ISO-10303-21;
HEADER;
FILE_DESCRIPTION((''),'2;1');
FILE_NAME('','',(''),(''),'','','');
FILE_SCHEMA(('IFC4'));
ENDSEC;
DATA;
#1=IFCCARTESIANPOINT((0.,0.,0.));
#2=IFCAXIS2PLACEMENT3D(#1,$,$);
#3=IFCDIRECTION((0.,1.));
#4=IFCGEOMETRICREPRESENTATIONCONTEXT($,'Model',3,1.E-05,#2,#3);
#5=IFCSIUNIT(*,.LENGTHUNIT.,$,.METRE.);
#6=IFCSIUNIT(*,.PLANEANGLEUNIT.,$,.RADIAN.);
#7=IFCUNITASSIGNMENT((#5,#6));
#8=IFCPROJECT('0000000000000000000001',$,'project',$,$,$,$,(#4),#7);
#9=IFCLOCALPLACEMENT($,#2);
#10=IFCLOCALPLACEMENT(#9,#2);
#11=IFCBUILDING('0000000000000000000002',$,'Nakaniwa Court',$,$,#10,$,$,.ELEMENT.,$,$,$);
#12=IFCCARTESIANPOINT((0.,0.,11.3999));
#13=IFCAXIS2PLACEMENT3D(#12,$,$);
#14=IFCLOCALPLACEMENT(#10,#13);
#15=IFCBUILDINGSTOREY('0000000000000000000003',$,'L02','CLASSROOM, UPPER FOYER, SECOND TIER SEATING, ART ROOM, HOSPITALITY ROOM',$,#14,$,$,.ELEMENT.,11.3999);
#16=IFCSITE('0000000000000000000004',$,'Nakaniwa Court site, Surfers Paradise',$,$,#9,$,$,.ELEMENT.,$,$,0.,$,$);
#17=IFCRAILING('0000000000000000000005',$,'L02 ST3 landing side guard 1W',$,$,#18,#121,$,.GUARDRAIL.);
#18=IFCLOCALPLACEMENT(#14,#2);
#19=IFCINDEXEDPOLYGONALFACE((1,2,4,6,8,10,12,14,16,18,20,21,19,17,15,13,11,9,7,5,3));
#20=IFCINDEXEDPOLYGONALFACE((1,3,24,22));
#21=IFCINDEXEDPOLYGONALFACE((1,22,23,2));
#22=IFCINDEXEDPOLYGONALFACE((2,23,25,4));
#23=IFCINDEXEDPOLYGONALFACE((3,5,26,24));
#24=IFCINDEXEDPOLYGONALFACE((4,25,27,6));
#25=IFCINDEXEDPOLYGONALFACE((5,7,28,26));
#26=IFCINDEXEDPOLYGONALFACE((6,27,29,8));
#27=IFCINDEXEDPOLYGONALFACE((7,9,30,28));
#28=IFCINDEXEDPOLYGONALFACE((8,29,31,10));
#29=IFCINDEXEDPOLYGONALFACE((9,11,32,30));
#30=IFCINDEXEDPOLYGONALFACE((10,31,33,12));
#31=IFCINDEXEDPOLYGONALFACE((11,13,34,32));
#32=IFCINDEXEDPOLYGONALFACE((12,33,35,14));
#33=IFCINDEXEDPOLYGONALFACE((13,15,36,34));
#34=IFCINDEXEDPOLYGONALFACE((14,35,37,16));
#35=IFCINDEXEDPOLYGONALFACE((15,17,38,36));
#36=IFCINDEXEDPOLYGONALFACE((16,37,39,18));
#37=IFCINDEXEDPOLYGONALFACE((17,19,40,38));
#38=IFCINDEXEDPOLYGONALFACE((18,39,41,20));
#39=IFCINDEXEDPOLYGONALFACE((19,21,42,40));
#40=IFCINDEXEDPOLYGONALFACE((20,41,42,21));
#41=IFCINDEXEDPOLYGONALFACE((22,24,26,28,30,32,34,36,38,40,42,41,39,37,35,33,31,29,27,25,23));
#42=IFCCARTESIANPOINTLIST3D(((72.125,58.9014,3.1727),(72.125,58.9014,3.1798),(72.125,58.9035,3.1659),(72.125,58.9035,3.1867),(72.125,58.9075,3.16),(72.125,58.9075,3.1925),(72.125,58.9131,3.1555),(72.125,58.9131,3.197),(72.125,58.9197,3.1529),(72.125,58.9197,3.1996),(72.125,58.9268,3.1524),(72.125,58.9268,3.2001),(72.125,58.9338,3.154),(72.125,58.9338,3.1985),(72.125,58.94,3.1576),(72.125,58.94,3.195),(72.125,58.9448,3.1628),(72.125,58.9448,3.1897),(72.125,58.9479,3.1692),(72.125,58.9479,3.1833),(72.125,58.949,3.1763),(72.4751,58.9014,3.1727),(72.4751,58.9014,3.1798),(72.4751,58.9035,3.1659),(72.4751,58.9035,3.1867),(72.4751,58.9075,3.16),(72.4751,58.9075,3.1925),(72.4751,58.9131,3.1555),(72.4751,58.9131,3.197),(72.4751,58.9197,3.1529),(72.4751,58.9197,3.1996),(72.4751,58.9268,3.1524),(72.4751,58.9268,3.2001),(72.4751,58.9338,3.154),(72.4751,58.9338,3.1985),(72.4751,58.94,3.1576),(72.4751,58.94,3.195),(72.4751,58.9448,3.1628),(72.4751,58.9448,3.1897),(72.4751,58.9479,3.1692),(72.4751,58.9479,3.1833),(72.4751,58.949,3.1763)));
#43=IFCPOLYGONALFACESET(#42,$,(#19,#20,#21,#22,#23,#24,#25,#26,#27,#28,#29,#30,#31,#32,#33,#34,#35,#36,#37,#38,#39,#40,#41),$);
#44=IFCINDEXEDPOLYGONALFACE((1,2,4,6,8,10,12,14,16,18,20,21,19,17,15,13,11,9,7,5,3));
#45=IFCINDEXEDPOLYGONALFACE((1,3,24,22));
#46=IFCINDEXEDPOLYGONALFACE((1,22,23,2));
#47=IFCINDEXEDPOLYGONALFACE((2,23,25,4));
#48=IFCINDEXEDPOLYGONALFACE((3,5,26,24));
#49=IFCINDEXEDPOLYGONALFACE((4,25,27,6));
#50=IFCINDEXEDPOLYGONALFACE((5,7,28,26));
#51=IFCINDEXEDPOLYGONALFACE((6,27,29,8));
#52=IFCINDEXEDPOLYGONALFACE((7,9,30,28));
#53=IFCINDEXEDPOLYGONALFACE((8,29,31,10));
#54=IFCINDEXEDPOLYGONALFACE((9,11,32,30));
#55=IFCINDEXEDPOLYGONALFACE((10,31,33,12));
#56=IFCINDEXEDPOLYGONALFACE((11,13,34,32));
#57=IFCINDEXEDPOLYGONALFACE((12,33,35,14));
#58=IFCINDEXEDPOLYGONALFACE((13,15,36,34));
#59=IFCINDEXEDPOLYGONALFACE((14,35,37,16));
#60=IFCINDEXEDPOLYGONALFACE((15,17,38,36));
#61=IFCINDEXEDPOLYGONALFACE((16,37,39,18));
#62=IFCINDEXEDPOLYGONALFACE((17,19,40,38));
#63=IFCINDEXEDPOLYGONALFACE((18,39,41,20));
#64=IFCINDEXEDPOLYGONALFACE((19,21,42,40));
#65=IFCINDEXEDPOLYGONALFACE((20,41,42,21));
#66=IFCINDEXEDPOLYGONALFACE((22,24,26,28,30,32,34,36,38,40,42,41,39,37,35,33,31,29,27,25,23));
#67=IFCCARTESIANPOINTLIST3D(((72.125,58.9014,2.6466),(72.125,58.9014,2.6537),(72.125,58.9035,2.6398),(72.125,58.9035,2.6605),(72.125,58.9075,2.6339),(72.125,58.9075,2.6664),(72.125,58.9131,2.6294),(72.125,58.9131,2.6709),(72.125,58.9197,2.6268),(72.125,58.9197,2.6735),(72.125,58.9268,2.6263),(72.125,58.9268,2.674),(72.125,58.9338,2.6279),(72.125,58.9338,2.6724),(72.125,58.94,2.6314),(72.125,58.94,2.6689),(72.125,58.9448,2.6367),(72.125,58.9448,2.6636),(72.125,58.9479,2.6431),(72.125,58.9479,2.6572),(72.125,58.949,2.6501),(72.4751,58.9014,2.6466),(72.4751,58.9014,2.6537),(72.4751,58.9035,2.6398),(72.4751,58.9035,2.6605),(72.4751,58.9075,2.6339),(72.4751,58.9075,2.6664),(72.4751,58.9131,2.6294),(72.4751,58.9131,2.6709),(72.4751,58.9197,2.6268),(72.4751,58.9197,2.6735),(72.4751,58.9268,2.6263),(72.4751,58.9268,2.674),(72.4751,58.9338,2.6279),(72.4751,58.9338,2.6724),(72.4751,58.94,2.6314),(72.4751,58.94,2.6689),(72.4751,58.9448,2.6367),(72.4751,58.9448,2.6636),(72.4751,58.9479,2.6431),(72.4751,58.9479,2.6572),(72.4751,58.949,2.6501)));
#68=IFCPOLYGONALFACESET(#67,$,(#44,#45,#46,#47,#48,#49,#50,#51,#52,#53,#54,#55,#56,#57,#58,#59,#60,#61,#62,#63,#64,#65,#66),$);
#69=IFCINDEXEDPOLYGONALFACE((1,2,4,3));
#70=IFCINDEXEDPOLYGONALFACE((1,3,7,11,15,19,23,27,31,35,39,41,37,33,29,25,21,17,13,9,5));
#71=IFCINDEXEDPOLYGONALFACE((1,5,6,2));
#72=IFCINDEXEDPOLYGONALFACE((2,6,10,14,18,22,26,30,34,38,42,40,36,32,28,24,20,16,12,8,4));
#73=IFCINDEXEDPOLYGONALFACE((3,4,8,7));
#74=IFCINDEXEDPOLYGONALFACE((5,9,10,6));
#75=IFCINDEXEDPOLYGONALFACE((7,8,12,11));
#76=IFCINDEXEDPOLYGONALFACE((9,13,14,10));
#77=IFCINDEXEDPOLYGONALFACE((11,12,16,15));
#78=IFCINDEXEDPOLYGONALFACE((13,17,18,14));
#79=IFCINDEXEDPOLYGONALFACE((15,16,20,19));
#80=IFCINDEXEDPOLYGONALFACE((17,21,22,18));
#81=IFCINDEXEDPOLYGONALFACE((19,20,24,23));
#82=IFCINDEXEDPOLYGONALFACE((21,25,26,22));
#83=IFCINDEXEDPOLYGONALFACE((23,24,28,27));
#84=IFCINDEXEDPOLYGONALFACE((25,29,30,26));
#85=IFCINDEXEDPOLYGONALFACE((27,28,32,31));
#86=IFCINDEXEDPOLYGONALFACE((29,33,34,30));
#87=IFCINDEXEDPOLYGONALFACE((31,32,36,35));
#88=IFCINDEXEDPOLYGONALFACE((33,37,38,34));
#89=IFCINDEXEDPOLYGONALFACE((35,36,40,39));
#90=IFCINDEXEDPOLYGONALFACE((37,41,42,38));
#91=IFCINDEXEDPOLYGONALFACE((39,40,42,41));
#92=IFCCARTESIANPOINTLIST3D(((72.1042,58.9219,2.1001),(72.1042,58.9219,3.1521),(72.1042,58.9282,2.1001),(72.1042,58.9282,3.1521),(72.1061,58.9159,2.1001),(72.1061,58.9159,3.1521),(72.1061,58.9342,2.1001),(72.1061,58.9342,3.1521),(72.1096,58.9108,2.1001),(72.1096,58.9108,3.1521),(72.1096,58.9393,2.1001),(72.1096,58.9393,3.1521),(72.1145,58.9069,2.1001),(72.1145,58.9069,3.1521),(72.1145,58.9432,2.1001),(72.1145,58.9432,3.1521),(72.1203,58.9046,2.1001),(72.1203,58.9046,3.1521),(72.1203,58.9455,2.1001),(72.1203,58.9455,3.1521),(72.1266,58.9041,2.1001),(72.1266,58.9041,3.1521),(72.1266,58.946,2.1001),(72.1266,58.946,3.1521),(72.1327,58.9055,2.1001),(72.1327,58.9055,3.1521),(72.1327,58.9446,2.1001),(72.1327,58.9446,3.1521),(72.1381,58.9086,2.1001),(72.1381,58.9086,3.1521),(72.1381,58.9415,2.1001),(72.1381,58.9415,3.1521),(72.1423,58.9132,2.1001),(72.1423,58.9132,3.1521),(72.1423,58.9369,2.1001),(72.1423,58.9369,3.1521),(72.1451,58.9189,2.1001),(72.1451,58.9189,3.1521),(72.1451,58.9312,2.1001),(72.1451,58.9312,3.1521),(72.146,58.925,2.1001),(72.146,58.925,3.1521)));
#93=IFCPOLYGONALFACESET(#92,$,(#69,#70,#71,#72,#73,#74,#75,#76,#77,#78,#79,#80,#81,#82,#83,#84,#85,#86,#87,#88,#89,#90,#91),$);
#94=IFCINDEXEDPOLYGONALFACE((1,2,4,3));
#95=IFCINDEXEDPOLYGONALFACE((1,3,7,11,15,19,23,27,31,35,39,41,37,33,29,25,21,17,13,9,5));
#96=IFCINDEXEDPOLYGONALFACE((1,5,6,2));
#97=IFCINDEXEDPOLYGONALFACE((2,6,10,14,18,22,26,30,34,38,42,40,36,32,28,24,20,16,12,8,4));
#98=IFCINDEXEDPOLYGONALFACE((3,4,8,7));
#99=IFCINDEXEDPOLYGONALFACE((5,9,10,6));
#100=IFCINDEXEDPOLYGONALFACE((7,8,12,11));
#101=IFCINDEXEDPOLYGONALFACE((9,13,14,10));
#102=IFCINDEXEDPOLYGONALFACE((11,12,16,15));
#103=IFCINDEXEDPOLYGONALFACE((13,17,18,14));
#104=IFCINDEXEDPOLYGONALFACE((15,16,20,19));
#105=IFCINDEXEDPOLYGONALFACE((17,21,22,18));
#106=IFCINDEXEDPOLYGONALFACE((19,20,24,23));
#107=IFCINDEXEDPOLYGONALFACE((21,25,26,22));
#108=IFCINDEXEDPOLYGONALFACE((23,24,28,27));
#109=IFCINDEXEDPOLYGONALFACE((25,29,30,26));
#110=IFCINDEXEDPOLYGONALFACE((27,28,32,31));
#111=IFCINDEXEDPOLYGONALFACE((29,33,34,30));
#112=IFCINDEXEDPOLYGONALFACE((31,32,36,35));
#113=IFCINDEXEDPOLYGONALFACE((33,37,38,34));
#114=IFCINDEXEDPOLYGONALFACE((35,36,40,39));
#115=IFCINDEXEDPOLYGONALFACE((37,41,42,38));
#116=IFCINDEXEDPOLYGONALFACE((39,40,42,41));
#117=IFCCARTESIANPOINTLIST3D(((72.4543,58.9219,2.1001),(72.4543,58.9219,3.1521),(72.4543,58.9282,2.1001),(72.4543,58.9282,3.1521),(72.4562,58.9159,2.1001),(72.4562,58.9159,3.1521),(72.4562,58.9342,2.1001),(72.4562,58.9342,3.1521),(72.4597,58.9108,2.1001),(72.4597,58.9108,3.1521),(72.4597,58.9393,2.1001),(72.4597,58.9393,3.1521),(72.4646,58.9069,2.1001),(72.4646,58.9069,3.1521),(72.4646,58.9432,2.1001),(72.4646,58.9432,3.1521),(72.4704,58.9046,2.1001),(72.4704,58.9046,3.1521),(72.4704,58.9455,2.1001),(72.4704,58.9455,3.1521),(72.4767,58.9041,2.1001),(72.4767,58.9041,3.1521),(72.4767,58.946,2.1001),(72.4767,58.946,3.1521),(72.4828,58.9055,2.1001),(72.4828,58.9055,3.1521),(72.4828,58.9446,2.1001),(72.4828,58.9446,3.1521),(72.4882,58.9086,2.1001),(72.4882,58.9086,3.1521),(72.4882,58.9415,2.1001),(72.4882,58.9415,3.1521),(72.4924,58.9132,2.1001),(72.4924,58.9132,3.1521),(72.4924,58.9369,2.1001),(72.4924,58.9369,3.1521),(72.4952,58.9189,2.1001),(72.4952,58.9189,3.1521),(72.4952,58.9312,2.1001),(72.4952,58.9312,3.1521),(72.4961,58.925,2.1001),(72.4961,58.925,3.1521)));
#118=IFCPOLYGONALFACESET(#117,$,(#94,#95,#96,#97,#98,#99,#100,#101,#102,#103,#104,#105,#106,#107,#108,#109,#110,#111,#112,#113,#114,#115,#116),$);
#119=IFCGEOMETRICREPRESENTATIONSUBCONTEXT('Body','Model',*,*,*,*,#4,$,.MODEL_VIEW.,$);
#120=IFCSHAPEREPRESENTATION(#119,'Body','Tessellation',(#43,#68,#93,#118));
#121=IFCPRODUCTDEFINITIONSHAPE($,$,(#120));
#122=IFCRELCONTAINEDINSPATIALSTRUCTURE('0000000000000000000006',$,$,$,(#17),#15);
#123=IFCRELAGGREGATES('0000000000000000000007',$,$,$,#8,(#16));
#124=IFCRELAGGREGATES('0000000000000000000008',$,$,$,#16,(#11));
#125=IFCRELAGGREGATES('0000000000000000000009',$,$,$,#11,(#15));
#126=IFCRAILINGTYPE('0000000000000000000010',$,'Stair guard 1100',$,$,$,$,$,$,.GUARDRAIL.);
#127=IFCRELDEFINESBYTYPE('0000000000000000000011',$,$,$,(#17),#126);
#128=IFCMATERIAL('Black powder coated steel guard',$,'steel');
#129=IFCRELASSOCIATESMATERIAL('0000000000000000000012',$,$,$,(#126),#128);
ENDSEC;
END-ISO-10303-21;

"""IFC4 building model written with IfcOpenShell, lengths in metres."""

from ifc_helpers import new_model, si_unit, direction, frame, origin, origin_2d, place, context, subcontext, project, spatial, circle, extrude, material, type_object, element, save


model = new_model("IFC4")

# Units and contexts
model_context = context("Model", 3, precision=1e-05, world=origin(), true_north=direction((0.0, 1.0)))
body_context = subcontext(model_context, "Body", "Model", "MODEL_VIEW")
ifc_project = project(units=[si_unit("LENGTHUNIT", "METRE"), si_unit("PLANEANGLEUNIT", "RADIAN")], contexts=[model_context])

# Site, building, storey
site_placement = place(None, origin())
site = spatial("IfcSite", under=ifc_project, at=site_placement, Name="Nakaniwa Court site, Surfers Paradise", CompositionType="ELEMENT", RefElevation=0.0)
building_placement = place(site_placement, origin())
building = spatial("IfcBuilding", under=site, at=building_placement, Name="Nakaniwa Court", CompositionType="ELEMENT")
storey_placement = place(building_placement, frame((0.0, 0.0, 11.3999)))
storey = spatial("IfcBuildingStorey", under=building, at=storey_placement, Name="L02", Description="CLASSROOM, UPPER FOYER, SECOND TIER SEATING, ART ROOM, HOSPITALITY ROOM", CompositionType="ELEMENT", Elevation=11.3999)

# Railing
ifc_material_1 = material(Name="Black powder coated steel guard", Category="steel")
railing_type = type_object("IfcRailingType", Name="Stair guard 1100", PredefinedType="GUARDRAIL", material=ifc_material_1)
railing_placement = place(storey_placement, frame((72.125, 58.925, 2.1001)))
element("IfcRailing", 1, at=railing_placement, inside=storey, type_object=railing_type, Name="L02 ST3 landing side guard 1W", PredefinedType="GUARDRAIL", context=body_context, shape_type="SweptSolid", body=[
    extrude(circle(Radius=0.0239, at=origin_2d()), frame((0.0, 0.0, 1.0762), z_axis=(1.0, 0.0, 0.0), x_axis=(0.0, 1.0, 0.0)), (0.0, 0.0, 1.0), 0.3501),
    extrude(circle(Radius=0.0239, at=origin_2d()), frame((0.0, 0.0, 0.55), z_axis=(1.0, 0.0, 0.0), x_axis=(0.0, 1.0, 0.0)), (0.0, 0.0, 1.0), 0.3501),
    extrude(circle(Radius=0.021, at=origin_2d()), origin(), (0.0, 0.0, 1.0), 1.052),
    extrude(circle(Radius=0.021, at=origin_2d()), frame((0.3501, 0.0, 0.0)), (0.0, 0.0, 1.0), 1.052),
])

save(model, "model.ifc")
